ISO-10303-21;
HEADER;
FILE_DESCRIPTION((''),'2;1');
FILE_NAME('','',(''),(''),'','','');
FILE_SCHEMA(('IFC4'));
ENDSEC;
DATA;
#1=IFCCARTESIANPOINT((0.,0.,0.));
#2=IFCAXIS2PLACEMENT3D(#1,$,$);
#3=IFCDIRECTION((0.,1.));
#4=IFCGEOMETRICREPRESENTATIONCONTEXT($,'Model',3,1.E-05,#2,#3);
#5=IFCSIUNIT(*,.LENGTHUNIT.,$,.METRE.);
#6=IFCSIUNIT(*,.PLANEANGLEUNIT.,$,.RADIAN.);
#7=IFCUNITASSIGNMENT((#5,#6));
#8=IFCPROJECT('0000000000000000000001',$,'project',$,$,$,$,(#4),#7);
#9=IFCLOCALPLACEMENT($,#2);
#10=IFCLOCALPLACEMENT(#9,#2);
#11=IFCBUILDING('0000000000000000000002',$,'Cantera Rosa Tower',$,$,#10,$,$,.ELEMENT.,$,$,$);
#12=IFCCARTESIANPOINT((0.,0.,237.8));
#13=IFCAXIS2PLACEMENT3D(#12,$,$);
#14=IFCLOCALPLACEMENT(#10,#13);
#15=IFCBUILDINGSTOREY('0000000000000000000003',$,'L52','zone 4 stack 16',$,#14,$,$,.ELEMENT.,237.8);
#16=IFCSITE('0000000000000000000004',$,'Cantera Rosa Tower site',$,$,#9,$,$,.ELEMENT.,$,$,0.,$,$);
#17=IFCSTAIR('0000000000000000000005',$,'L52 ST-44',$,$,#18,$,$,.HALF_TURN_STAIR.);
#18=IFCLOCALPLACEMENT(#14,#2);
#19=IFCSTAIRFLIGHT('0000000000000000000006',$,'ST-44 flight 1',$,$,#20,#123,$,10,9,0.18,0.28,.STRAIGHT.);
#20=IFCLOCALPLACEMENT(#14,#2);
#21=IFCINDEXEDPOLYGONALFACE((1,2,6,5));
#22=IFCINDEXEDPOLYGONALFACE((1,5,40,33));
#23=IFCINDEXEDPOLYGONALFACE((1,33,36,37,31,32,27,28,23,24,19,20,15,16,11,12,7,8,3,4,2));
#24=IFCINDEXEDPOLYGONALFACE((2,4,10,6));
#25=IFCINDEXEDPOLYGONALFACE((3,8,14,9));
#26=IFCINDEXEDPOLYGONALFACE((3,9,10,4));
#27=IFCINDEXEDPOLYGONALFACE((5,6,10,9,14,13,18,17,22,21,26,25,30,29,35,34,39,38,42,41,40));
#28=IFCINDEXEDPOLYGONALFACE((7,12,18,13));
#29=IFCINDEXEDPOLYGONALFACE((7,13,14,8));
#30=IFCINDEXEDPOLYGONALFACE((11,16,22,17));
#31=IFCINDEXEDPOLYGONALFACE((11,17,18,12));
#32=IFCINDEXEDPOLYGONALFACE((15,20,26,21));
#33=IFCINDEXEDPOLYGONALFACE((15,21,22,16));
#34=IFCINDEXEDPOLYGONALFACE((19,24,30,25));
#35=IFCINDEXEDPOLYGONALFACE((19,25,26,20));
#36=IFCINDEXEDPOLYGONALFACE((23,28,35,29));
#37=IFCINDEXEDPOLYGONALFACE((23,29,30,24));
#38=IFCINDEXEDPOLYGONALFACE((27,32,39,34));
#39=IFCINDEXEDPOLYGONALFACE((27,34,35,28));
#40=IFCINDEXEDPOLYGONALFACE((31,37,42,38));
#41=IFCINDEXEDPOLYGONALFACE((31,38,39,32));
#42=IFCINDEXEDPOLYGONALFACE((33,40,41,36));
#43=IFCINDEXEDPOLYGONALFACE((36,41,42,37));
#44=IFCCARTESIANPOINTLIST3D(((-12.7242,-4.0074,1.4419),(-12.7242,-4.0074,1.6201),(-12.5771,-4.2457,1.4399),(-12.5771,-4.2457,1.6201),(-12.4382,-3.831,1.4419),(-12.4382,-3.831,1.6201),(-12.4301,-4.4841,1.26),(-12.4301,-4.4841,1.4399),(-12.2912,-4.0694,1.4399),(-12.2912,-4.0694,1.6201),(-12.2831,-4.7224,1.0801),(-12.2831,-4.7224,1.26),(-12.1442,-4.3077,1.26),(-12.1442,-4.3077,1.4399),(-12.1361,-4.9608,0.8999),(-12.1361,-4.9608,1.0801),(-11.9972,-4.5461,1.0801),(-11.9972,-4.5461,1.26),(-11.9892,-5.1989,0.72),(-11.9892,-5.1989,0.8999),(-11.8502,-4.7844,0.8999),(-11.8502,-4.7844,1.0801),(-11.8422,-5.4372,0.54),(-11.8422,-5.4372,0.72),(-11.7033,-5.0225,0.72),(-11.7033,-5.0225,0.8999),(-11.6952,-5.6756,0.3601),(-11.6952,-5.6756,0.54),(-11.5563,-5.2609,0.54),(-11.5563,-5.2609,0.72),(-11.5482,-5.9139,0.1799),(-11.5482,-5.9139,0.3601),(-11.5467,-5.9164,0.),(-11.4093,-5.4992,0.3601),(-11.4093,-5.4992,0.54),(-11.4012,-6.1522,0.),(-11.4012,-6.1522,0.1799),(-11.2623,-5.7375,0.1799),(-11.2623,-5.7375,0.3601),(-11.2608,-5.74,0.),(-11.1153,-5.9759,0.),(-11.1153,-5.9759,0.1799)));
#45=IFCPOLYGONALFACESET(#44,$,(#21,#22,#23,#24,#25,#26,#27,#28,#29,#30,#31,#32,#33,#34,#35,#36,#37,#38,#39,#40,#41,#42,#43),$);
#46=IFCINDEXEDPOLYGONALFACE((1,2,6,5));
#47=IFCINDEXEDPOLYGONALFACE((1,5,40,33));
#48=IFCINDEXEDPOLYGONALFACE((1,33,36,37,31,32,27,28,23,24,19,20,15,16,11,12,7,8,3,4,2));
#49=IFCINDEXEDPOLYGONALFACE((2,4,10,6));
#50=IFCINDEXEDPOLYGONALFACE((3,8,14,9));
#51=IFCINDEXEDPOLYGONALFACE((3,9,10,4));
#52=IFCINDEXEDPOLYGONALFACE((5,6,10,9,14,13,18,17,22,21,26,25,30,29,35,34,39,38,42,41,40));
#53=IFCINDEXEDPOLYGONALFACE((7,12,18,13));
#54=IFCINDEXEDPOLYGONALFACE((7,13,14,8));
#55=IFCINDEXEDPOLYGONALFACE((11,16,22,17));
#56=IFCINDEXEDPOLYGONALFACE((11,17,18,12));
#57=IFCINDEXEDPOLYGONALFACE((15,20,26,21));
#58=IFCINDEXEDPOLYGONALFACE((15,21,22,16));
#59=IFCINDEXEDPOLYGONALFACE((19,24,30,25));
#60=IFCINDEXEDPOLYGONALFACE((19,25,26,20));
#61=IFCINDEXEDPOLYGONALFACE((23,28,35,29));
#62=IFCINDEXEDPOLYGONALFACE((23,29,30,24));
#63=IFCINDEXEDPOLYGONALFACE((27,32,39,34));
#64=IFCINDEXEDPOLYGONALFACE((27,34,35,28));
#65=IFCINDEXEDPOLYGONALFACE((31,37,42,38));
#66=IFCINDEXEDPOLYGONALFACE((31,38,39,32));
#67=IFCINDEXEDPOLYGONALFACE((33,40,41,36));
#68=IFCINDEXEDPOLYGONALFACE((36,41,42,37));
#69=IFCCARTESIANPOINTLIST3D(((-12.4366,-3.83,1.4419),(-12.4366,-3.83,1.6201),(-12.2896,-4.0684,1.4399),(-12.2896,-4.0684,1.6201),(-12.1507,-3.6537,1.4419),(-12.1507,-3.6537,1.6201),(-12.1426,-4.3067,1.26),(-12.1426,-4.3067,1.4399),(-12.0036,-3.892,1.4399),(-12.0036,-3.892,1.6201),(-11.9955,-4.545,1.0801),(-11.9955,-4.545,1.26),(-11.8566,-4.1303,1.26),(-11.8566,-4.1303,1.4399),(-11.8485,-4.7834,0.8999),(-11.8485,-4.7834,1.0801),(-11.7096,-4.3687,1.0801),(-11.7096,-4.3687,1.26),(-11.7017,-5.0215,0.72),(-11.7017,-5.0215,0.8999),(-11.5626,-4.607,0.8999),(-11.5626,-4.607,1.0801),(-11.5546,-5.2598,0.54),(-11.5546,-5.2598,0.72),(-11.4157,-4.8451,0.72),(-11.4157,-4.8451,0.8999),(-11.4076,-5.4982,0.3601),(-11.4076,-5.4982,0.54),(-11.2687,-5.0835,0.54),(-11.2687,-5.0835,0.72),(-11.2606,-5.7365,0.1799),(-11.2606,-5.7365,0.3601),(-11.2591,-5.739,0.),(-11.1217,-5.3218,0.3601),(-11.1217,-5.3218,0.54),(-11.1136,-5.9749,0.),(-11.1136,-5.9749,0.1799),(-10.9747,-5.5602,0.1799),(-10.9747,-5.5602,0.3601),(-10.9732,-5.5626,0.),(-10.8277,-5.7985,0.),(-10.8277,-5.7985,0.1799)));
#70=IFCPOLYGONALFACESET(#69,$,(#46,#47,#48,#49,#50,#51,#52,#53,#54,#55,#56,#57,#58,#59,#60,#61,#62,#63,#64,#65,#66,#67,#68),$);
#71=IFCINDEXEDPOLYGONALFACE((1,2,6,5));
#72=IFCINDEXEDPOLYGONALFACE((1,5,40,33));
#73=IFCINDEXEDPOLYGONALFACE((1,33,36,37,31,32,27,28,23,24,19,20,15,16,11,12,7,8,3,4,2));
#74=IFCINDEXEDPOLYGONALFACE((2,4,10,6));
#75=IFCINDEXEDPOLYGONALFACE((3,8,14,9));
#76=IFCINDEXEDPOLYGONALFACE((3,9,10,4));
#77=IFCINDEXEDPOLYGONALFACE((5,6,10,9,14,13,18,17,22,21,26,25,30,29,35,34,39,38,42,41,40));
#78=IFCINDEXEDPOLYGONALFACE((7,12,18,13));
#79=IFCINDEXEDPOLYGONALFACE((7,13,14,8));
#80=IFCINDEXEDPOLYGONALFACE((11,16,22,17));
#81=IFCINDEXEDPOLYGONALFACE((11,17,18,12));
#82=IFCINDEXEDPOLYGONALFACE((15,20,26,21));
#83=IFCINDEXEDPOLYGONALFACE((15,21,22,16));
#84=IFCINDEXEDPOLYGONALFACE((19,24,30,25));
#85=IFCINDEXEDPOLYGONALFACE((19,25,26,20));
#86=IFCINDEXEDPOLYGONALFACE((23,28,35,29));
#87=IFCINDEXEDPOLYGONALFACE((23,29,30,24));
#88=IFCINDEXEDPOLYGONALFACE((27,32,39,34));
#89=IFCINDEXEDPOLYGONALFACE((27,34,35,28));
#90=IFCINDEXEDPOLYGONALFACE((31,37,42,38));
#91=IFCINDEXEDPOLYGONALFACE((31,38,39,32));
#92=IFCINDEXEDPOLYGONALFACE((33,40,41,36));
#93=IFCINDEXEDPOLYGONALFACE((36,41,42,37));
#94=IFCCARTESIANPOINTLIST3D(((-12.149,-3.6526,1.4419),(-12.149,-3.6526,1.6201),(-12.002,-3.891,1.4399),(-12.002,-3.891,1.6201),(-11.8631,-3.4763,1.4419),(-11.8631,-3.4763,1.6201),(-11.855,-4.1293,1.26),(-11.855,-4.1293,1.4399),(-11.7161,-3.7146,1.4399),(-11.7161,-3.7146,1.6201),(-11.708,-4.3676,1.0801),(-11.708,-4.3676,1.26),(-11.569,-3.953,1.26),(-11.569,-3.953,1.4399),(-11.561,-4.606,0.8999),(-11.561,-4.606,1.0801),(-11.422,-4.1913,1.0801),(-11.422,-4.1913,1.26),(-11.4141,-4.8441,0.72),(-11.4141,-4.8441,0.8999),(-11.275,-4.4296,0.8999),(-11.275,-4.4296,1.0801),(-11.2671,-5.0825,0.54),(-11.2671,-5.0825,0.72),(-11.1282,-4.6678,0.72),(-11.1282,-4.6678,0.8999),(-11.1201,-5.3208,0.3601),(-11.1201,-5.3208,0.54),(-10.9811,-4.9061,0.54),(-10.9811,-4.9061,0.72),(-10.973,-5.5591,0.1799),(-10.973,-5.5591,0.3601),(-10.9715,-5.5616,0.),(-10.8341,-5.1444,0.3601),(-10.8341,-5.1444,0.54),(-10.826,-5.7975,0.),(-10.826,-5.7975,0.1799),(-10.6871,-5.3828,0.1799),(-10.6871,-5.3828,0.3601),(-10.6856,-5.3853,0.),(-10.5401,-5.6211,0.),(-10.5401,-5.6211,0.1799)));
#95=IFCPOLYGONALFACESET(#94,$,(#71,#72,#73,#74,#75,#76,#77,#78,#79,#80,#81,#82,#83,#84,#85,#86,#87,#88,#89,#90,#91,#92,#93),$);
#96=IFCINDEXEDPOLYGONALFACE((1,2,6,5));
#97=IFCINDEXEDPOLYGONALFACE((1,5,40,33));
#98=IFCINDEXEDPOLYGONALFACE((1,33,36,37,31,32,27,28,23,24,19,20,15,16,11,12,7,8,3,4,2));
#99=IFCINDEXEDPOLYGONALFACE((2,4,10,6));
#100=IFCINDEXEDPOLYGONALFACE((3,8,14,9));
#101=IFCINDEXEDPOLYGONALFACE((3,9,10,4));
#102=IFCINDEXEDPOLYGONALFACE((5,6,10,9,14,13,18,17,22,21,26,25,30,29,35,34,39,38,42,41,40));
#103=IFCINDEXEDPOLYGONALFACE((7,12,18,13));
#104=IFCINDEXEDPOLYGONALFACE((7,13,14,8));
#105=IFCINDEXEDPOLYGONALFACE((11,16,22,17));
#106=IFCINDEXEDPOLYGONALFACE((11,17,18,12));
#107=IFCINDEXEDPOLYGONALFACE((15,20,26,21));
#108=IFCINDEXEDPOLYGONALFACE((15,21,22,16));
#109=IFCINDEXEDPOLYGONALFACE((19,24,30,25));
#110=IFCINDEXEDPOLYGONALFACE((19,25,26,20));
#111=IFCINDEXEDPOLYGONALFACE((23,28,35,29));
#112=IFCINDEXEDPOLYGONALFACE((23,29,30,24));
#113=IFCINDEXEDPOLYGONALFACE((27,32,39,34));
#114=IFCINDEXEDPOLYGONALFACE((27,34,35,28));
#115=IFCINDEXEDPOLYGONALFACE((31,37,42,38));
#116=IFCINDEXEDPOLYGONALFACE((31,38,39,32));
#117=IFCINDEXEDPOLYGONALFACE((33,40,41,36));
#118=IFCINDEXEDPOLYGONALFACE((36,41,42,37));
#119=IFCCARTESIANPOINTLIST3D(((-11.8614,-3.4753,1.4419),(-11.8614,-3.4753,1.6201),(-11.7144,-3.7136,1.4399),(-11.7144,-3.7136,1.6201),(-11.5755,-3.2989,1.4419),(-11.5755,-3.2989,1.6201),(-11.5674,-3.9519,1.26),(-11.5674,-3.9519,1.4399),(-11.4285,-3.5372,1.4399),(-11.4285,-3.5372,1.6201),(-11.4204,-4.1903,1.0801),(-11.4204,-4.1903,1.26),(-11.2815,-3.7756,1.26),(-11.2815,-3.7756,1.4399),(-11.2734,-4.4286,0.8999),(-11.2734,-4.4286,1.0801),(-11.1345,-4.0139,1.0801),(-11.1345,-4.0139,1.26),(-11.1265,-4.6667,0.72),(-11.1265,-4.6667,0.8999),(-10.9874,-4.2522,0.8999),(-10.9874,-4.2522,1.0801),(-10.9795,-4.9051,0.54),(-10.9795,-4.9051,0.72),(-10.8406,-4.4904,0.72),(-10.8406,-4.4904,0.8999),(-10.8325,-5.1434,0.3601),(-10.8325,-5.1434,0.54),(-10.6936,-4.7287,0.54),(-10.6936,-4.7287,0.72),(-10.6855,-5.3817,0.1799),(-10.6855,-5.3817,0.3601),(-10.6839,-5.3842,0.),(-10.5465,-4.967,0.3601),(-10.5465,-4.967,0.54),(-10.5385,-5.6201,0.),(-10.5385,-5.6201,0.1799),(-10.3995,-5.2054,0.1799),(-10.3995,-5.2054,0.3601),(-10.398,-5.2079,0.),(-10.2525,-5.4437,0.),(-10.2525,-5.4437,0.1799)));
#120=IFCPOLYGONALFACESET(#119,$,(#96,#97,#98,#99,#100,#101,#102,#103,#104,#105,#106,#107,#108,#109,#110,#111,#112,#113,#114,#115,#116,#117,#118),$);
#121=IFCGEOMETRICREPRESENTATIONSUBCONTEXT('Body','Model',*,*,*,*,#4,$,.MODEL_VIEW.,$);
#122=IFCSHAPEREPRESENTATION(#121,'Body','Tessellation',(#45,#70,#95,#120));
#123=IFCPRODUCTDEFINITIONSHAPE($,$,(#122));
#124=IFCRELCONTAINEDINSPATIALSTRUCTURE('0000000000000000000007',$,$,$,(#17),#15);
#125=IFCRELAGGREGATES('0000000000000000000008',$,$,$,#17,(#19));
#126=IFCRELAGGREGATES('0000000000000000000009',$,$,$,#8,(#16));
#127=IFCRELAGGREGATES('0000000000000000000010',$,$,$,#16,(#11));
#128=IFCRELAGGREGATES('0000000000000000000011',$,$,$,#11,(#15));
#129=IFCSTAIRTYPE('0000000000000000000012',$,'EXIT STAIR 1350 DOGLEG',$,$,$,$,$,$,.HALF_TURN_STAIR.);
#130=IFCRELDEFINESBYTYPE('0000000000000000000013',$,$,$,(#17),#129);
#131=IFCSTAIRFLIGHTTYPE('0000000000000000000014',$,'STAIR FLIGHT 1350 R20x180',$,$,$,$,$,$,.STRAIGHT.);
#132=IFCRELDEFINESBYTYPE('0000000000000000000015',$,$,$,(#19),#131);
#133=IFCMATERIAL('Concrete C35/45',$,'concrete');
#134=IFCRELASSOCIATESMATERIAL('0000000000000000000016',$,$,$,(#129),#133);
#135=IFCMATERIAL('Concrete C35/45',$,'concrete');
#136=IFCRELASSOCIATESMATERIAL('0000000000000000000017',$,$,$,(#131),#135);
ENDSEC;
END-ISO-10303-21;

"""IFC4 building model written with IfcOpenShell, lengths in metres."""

from ifc_helpers import new_model, si_unit, direction, frame, origin, place, context, subcontext, project, spatial, polyline, outline, extrude, material, type_object, element, aggregate, save


model = new_model("IFC4")

# Units and contexts
model_context = context("Model", 3, precision=1e-05, world=origin(), true_north=direction((0.0, 1.0)))
body_context = subcontext(model_context, "Body", "Model", "MODEL_VIEW")
ifc_project = project(units=[si_unit("LENGTHUNIT", "METRE"), si_unit("PLANEANGLEUNIT", "RADIAN")], contexts=[model_context])

# Site, building, storey
site_placement = place(None, origin())
site = spatial("IfcSite", under=ifc_project, at=site_placement, Name="Cantera Rosa Tower site", CompositionType="ELEMENT", RefElevation=0.0)
building_placement = place(site_placement, origin())
building = spatial("IfcBuilding", under=site, at=building_placement, Name="Cantera Rosa Tower", CompositionType="ELEMENT")
storey_placement = place(building_placement, frame((0.0, 0.0, 237.8)))
storey = spatial("IfcBuildingStorey", under=building, at=storey_placement, Name="L52", Description="zone 4 stack 16", CompositionType="ELEMENT", Elevation=237.8)

# Shared definitions
ifc_material_1 = material(Name="Concrete C35/45", Category="concrete")
stair_type = type_object("IfcStairType", Name="EXIT STAIR 1350 DOGLEG", PredefinedType="HALF_TURN_STAIR", material=ifc_material_1)
ifc_material_2 = material(Name="Concrete C35/45", Category="concrete")
stair_flight_type = type_object("IfcStairFlightType", Name="STAIR FLIGHT 1350 R20x180", PredefinedType="STRAIGHT", material=ifc_material_2)

# Stair, stair flight
stair_1_placement = place(storey_placement, origin())
stair_1 = element("IfcStair", 1, at=stair_1_placement, inside=storey, type_object=stair_type, Name="L52 ST-44", PredefinedType="HALF_TURN_STAIR")
stair_flight_1_placement = place(storey_placement, frame((-10.8267, -5.7979, 0.0), z_axis=(0.0, 0.0, 1.0), x_axis=(-0.524977, 0.851117, 0.0)))
stair_flight_1 = element("IfcStairFlight", 2, at=stair_flight_1_placement, type_object=stair_flight_type, Name="ST-44 flight 1", NumberOfRisers=10, NumberOfTreads=9, PredefinedType="STRAIGHT", RiserHeight=0.18, TreadLength=0.28, context=body_context, shape_type="SweptSolid", body=[
    extrude(outline(polyline([(0.0, 0.0), (0.0, 0.1799), (0.28, 0.1799), (0.28, 0.3601), (0.5601, 0.3601), (0.5601, 0.54), (0.8401, 0.54), (0.8401, 0.72), (1.1201, 0.72), (1.1201, 0.8999), (1.3999, 0.8999), (1.3999, 1.0801), (1.6799, 1.0801), (1.6799, 1.26), (1.96, 1.26), (1.96, 1.4399), (2.24, 1.4399), (2.24, 1.6201), (2.52, 1.6201), (2.52, 1.8), (2.52, 1.4419), (0.2771, 0.0), (0.0, 0.0)])), frame((0.0, 0.675, 0.0), z_axis=(0.0, -1.0, 0.0), x_axis=(1.0, 0.0, 0.0)), (0.0, 0.0, 1.0), 0.3359),
    extrude(outline(polyline([(0.0, 0.0), (0.0, 0.1799), (0.28, 0.1799), (0.28, 0.3601), (0.5601, 0.3601), (0.5601, 0.54), (0.8401, 0.54), (0.8401, 0.72), (1.1201, 0.72), (1.1201, 0.8999), (1.3999, 0.8999), (1.3999, 1.0801), (1.6799, 1.0801), (1.6799, 1.26), (1.96, 1.26), (1.96, 1.4399), (2.24, 1.4399), (2.24, 1.6201), (2.52, 1.6201), (2.52, 1.8), (2.52, 1.4419), (0.2771, 0.0), (0.0, 0.0)])), frame((0.0, 0.3372, 0.0), z_axis=(0.0, -1.0, 0.0), x_axis=(1.0, 0.0, 0.0)), (0.0, 0.0, 1.0), 0.3359),
    extrude(outline(polyline([(0.0, 0.0), (0.0, 0.1799), (0.28, 0.1799), (0.28, 0.3601), (0.5601, 0.3601), (0.5601, 0.54), (0.8401, 0.54), (0.8401, 0.72), (1.1201, 0.72), (1.1201, 0.8999), (1.3999, 0.8999), (1.3999, 1.0801), (1.6799, 1.0801), (1.6799, 1.26), (1.96, 1.26), (1.96, 1.4399), (2.24, 1.4399), (2.24, 1.6201), (2.52, 1.6201), (2.52, 1.8), (2.52, 1.4419), (0.2771, 0.0), (0.0, 0.0)])), frame((0.0, -0.0007, 0.0), z_axis=(0.0, -1.0, 0.0), x_axis=(1.0, 0.0, 0.0)), (0.0, 0.0, 1.0), 0.3359),
    extrude(outline(polyline([(0.0, 0.0), (0.0, 0.1799), (0.28, 0.1799), (0.28, 0.3601), (0.5601, 0.3601), (0.5601, 0.54), (0.8401, 0.54), (0.8401, 0.72), (1.1201, 0.72), (1.1201, 0.8999), (1.3999, 0.8999), (1.3999, 1.0801), (1.6799, 1.0801), (1.6799, 1.26), (1.96, 1.26), (1.96, 1.4399), (2.24, 1.4399), (2.24, 1.6201), (2.52, 1.6201), (2.52, 1.8), (2.52, 1.4419), (0.2771, 0.0), (0.0, 0.0)])), frame((0.0, -0.3386, 0.0), z_axis=(0.0, -1.0, 0.0), x_axis=(1.0, 0.0, 0.0)), (0.0, 0.0, 1.0), 0.3359),
])
aggregate(stair_1, [stair_flight_1])

save(model, "model.ifc")
